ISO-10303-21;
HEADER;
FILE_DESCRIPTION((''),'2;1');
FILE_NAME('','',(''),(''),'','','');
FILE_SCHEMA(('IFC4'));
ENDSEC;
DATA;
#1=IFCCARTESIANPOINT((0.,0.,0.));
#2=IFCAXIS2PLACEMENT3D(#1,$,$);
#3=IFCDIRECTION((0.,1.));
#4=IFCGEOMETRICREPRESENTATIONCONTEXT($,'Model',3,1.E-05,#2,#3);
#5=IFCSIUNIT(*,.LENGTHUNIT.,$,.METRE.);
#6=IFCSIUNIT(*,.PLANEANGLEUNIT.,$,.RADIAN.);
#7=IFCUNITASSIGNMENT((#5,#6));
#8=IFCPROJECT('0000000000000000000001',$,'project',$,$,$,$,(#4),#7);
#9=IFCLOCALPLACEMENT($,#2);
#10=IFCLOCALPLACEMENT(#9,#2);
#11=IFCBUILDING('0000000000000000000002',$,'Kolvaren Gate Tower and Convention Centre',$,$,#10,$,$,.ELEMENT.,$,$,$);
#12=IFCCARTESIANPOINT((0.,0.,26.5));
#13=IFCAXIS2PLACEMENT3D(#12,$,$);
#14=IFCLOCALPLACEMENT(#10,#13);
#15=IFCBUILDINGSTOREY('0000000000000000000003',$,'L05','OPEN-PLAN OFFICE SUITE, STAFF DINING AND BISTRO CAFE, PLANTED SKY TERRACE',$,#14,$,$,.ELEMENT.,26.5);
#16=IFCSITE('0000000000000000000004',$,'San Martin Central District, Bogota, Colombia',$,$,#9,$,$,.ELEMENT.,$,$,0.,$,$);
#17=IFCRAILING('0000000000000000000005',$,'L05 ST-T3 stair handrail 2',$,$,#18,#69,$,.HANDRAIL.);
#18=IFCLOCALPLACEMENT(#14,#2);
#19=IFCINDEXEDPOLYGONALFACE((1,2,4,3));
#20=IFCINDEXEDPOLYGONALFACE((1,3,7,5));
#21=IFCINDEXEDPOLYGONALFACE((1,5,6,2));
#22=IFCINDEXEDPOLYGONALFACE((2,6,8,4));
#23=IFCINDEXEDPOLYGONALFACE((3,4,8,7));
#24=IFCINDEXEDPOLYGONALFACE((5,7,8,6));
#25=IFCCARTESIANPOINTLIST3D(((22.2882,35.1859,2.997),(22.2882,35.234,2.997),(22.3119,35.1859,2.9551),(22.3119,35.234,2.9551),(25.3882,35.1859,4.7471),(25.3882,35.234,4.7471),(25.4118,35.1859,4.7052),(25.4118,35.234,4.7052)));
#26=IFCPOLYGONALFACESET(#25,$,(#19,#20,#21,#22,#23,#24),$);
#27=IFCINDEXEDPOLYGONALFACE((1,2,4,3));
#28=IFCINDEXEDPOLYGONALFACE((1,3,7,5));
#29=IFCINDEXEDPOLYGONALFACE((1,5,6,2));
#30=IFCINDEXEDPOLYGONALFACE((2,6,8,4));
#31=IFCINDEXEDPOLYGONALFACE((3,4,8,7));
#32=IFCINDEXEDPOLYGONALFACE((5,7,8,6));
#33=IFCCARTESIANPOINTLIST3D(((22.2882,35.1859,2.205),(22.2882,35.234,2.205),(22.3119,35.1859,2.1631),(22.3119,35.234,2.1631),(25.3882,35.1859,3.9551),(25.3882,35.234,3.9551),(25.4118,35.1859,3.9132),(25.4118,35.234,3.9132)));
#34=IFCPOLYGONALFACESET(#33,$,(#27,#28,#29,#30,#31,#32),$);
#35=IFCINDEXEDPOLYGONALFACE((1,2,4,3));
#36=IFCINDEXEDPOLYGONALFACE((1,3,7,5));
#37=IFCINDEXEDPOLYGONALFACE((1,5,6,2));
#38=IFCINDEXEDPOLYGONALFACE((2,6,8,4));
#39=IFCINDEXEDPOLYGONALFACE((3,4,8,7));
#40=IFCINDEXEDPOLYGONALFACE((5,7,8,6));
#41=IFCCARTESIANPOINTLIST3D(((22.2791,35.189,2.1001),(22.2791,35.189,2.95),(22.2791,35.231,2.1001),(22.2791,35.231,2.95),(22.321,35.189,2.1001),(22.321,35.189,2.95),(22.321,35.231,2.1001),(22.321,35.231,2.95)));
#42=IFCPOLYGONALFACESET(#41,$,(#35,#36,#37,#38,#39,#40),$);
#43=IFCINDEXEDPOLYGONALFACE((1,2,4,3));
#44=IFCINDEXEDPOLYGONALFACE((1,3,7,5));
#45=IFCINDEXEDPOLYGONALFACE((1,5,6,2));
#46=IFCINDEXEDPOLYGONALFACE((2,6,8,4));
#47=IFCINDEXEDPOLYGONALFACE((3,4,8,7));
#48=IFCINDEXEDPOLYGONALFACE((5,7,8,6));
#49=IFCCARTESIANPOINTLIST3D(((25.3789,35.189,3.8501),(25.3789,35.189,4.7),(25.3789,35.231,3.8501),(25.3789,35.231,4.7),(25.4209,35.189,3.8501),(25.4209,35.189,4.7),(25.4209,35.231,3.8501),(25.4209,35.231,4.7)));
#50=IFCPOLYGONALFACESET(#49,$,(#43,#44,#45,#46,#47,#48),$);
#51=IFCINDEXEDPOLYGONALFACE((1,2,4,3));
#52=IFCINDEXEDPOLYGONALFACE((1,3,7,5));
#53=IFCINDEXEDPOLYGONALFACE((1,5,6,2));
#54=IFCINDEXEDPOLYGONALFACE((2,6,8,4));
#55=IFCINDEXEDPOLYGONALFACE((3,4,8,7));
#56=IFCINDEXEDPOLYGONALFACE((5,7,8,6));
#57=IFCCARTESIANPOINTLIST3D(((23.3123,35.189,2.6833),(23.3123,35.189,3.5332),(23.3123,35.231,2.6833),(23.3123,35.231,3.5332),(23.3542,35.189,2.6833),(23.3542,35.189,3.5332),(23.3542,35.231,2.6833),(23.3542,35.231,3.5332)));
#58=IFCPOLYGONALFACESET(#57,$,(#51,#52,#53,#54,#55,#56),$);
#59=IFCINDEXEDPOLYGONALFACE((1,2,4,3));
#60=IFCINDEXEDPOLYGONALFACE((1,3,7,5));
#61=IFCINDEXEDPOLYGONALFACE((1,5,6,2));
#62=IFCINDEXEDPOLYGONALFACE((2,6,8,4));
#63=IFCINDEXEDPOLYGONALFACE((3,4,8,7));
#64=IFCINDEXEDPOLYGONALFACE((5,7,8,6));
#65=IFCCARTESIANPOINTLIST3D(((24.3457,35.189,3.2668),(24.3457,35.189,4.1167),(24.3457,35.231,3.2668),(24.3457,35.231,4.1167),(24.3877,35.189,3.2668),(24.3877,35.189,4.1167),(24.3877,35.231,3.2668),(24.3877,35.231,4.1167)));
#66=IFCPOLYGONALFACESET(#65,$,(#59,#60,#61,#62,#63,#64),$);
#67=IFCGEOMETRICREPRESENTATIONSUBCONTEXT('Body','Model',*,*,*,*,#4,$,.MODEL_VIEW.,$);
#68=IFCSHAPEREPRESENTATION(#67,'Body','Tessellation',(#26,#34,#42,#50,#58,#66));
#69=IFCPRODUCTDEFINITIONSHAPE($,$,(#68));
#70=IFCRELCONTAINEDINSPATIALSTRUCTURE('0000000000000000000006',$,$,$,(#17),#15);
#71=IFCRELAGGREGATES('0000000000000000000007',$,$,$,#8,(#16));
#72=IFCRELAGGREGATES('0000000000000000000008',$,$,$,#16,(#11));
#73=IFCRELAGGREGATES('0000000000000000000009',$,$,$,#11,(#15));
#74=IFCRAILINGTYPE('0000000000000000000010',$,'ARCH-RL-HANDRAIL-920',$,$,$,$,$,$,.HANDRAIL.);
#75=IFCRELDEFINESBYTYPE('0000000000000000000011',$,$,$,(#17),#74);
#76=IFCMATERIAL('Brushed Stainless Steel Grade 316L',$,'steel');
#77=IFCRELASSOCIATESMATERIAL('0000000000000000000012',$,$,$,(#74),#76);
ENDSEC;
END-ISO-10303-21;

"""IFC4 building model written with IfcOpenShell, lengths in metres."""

from ifc_helpers import new_model, si_unit, direction, frame, origin, origin_2d, place, context, subcontext, project, spatial, rectangle, extrude, material, type_object, element, save


model = new_model("IFC4")

# Units and contexts
model_context = context("Model", 3, precision=1e-05, world=origin(), true_north=direction((0.0, 1.0)))
body_context = subcontext(model_context, "Body", "Model", "MODEL_VIEW")
ifc_project = project(units=[si_unit("LENGTHUNIT", "METRE"), si_unit("PLANEANGLEUNIT", "RADIAN")], contexts=[model_context])

# Site, building, storey
site_placement = place(None, origin())
site = spatial("IfcSite", under=ifc_project, at=site_placement, Name="San Martin Central District, Bogota, Colombia", CompositionType="ELEMENT", RefElevation=0.0)
building_placement = place(site_placement, origin())
building = spatial("IfcBuilding", under=site, at=building_placement, Name="Kolvaren Gate Tower and Convention Centre", CompositionType="ELEMENT")
storey_placement = place(building_placement, frame((0.0, 0.0, 26.5)))
storey = spatial("IfcBuildingStorey", under=building, at=storey_placement, Name="L05", Description="OPEN-PLAN OFFICE SUITE, STAFF DINING AND BISTRO CAFE, PLANTED SKY TERRACE", CompositionType="ELEMENT", Elevation=26.5)

# Railing
ifc_material_1 = material(Name="Brushed Stainless Steel Grade 316L", Category="steel")
railing_type_1 = type_object("IfcRailingType", Name="ARCH-RL-HANDRAIL-920", PredefinedType="HANDRAIL", material=ifc_material_1)
railing_1_placement = place(storey_placement, frame((22.3, 35.21, 2.1001)))
element("IfcRailing", 1, at=railing_1_placement, inside=storey, type_object=railing_type_1, Name="L05 ST-T3 stair handrail 2", PredefinedType="HANDRAIL", context=body_context, shape_type="SweptSolid", body=[
    extrude(rectangle(XDim=0.0481, YDim=0.0481, at=origin_2d()), frame((0.0, 0.0, 0.876), z_axis=(0.870814, 0.0, 0.491612), x_axis=(0.0, 1.0, 0.0)), (0.0, 0.0, 1.0), 3.5598),
    extrude(rectangle(XDim=0.0481, YDim=0.0481, at=origin_2d()), frame((0.0, 0.0, 0.084), z_axis=(0.870814, 0.0, 0.491612), x_axis=(0.0, 1.0, 0.0)), (0.0, 0.0, 1.0), 3.5598),
    extrude(rectangle(XDim=0.042, YDim=0.042, at=origin_2d()), origin(), (0.0, 0.0, 1.0), 0.8499),
    extrude(rectangle(XDim=0.042, YDim=0.042, at=origin_2d()), frame((3.0999, 0.0, 1.75)), (0.0, 0.0, 1.0), 0.8499),
    extrude(rectangle(XDim=0.042, YDim=0.042, at=origin_2d()), frame((1.0332, 0.0, 0.5833)), (0.0, 0.0, 1.0), 0.8499),
    extrude(rectangle(XDim=0.042, YDim=0.042, at=origin_2d()), frame((2.0667, 0.0, 1.1667)), (0.0, 0.0, 1.0), 0.8499),
])

save(model, "model.ifc")
